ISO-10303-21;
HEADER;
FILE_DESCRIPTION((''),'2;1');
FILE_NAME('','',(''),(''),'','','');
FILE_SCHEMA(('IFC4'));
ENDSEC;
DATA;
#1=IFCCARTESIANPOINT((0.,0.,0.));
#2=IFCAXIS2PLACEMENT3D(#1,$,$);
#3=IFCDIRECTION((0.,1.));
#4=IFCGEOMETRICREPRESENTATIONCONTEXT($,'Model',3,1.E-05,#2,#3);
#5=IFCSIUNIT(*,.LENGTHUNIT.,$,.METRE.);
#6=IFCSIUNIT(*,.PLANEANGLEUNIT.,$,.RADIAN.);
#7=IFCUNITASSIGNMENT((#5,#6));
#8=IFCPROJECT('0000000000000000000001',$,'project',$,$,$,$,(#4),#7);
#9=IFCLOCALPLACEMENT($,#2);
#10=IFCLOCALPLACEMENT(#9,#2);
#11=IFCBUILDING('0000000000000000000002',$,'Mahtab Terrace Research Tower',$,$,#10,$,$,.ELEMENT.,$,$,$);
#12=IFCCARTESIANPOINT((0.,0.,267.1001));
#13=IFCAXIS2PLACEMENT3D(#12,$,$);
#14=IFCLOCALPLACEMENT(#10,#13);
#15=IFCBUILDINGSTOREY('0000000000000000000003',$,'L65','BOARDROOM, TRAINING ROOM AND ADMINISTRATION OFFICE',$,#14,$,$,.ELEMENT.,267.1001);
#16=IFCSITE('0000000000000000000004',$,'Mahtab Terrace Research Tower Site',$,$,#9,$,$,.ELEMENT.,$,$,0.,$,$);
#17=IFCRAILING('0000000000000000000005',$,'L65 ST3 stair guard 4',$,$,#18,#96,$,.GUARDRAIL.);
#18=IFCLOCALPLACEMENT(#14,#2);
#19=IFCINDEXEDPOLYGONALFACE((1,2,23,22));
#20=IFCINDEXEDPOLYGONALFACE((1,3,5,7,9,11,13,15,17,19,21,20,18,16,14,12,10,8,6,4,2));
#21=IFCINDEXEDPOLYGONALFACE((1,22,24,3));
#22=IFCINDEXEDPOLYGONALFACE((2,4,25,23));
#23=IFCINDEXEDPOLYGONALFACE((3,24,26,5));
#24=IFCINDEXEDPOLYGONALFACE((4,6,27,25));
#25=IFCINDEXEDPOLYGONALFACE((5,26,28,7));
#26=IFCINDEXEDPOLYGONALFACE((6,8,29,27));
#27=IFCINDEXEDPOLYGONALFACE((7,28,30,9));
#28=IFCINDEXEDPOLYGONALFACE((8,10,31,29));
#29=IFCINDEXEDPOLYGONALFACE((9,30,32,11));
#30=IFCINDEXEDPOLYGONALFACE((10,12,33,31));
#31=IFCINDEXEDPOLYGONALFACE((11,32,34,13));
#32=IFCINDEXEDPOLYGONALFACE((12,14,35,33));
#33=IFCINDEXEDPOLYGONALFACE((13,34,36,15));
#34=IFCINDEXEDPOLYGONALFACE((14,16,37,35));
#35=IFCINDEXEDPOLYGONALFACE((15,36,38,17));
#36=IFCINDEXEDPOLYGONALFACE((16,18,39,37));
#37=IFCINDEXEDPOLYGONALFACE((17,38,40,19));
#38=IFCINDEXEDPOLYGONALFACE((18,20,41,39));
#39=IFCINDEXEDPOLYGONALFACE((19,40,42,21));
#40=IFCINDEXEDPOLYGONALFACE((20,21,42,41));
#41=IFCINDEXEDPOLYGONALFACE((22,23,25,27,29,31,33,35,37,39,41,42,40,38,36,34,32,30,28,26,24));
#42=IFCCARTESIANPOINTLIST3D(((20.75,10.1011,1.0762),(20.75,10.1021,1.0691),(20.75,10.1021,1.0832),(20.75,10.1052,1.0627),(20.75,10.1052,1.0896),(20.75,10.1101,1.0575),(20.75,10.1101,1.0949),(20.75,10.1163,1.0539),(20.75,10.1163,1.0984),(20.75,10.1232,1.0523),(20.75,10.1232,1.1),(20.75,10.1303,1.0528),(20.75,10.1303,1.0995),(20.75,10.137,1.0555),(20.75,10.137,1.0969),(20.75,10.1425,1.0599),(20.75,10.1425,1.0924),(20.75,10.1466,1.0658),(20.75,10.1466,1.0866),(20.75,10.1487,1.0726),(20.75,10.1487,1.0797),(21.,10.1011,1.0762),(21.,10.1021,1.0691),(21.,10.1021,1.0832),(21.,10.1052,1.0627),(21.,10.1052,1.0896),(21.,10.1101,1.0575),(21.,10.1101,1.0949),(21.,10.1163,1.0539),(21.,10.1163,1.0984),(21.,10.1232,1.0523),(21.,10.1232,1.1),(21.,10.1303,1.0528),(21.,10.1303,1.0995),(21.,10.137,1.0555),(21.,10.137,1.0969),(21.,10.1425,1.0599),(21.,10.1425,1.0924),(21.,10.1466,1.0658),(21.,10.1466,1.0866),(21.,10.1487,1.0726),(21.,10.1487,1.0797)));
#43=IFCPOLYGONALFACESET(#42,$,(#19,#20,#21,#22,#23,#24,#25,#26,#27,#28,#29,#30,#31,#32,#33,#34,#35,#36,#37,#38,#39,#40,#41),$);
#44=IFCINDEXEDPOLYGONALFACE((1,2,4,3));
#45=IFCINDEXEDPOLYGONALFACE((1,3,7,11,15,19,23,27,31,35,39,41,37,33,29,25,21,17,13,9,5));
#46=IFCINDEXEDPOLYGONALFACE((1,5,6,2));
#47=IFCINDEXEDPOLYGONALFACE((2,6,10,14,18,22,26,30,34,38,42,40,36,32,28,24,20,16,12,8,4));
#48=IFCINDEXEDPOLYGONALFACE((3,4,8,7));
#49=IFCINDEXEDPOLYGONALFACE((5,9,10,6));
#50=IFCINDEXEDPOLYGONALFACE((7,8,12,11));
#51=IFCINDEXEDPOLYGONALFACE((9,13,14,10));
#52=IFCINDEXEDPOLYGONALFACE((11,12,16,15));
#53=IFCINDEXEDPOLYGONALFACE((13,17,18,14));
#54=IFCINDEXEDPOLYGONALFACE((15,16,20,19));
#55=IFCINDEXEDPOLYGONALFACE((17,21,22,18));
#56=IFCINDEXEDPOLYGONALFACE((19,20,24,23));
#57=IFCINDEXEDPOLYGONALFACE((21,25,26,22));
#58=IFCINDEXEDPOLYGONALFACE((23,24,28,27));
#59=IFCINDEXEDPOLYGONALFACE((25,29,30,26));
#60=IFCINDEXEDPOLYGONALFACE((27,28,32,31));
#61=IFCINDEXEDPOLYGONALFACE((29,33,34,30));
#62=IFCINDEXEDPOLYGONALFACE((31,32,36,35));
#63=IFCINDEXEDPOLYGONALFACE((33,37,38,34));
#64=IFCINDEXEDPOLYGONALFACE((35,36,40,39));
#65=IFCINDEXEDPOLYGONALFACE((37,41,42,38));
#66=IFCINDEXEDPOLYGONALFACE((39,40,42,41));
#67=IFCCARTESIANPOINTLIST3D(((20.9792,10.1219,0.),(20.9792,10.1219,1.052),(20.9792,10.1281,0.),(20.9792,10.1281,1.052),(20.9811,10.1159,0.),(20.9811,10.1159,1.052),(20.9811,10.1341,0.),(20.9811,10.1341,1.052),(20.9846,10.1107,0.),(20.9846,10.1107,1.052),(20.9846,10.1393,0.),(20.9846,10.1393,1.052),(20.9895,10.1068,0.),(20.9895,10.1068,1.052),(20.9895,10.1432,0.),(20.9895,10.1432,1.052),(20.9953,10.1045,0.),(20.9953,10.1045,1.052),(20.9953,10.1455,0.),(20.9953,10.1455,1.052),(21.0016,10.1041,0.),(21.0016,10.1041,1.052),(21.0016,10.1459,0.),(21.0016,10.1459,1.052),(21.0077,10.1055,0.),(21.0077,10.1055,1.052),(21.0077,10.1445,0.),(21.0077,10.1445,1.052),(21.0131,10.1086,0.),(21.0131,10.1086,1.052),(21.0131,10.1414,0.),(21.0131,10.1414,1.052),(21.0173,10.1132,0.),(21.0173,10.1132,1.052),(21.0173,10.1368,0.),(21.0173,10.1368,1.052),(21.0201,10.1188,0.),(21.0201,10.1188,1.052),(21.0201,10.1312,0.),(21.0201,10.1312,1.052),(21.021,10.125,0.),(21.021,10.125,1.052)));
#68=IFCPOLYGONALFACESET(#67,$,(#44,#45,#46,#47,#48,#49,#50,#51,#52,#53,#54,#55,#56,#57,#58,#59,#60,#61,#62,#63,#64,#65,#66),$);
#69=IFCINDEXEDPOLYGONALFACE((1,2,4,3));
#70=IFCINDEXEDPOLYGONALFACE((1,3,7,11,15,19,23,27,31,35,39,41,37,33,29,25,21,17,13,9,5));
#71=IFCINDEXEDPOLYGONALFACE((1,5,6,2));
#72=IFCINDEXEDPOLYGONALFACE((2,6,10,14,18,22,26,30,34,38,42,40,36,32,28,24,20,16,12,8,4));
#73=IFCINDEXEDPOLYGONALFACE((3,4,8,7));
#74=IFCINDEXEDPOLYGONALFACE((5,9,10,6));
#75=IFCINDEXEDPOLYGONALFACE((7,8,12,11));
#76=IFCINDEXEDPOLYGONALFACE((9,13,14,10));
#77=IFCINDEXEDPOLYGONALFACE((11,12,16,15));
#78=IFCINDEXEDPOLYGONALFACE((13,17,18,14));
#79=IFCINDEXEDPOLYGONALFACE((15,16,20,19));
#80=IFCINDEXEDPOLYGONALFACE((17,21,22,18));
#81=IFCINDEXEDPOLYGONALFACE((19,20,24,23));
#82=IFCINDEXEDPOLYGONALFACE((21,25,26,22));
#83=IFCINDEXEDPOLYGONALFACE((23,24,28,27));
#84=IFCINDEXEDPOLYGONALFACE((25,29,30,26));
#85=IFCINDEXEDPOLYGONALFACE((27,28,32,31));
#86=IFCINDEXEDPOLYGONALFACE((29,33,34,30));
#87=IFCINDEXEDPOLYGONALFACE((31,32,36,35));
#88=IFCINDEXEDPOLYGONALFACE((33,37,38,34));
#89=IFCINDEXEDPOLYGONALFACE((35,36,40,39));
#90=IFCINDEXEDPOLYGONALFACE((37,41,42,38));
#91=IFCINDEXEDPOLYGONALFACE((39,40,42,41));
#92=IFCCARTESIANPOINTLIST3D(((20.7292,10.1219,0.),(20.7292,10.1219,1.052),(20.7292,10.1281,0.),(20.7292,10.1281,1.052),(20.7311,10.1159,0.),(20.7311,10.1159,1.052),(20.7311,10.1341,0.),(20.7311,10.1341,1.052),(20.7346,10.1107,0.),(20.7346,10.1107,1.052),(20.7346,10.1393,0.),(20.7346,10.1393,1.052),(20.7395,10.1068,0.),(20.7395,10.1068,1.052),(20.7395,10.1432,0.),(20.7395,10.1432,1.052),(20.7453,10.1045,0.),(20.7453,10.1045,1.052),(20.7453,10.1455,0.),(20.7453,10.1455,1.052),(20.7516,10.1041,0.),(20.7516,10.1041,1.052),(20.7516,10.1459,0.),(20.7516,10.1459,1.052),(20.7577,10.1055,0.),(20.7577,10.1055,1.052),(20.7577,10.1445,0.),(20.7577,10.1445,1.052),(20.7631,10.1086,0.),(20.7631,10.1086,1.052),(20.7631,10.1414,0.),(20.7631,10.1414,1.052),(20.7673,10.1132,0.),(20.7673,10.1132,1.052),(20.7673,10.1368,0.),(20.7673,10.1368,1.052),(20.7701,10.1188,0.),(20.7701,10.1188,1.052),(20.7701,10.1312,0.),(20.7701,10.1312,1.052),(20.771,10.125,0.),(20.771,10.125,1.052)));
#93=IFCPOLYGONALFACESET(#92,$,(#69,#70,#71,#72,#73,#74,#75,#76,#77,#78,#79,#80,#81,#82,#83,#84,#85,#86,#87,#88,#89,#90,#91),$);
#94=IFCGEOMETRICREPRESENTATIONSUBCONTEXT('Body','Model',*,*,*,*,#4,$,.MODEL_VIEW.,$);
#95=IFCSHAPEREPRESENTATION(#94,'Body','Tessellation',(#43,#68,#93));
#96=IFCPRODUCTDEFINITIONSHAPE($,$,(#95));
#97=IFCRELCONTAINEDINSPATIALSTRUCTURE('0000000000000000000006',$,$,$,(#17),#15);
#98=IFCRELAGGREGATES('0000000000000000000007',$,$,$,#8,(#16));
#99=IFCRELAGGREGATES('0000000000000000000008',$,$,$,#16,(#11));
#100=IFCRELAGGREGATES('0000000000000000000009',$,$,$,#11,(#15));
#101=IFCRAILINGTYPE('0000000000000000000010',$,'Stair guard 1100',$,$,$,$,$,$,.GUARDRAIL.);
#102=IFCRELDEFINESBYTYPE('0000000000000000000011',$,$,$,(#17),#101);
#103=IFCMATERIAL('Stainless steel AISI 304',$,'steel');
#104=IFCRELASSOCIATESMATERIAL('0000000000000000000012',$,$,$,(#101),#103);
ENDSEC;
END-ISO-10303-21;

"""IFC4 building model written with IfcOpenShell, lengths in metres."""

from ifc_helpers import new_model, si_unit, direction, frame, origin, origin_2d, place, context, subcontext, project, spatial, circle, extrude, material, type_object, element, save


model = new_model("IFC4")

# Units and contexts
model_context = context("Model", 3, precision=1e-05, world=origin(), true_north=direction((0.0, 1.0)))
body_context = subcontext(model_context, "Body", "Model", "MODEL_VIEW")
ifc_project = project(units=[si_unit("LENGTHUNIT", "METRE"), si_unit("PLANEANGLEUNIT", "RADIAN")], contexts=[model_context])

# Site, building, storey
site_placement = place(None, origin())
site = spatial("IfcSite", under=ifc_project, at=site_placement, Name="Mahtab Terrace Research Tower Site", CompositionType="ELEMENT", RefElevation=0.0)
building_placement = place(site_placement, origin())
building = spatial("IfcBuilding", under=site, at=building_placement, Name="Mahtab Terrace Research Tower", CompositionType="ELEMENT")
storey_placement = place(building_placement, frame((0.0, 0.0, 267.1001)))
storey = spatial("IfcBuildingStorey", under=building, at=storey_placement, Name="L65", Description="BOARDROOM, TRAINING ROOM AND ADMINISTRATION OFFICE", CompositionType="ELEMENT", Elevation=267.1001)

# Shared definitions
ifc_material_1 = material(Name="Stainless steel AISI 304", Category="steel")

# Railing
railing_type_1 = type_object("IfcRailingType", Name="Stair guard 1100", PredefinedType="GUARDRAIL", material=ifc_material_1)
railing_1_placement = place(storey_placement, frame((21.0, 10.125, 0.0)))
element("IfcRailing", 1, at=railing_1_placement, inside=storey, type_object=railing_type_1, Name="L65 ST3 stair guard 4", PredefinedType="GUARDRAIL", context=body_context, shape_type="SweptSolid", body=[
    extrude(circle(Radius=0.0239, at=origin_2d()), frame((0.0, 0.0, 1.0762), z_axis=(-1.0, 0.0, 0.0), x_axis=(0.0, -1.0, 0.0)), (0.0, 0.0, 1.0), 0.25),
    extrude(circle(Radius=0.021, at=origin_2d()), origin(), (0.0, 0.0, 1.0), 1.052),
    extrude(circle(Radius=0.021, at=origin_2d()), frame((-0.25, 0.0, 0.0)), (0.0, 0.0, 1.0), 1.052),
])

save(model, "model.ifc")
